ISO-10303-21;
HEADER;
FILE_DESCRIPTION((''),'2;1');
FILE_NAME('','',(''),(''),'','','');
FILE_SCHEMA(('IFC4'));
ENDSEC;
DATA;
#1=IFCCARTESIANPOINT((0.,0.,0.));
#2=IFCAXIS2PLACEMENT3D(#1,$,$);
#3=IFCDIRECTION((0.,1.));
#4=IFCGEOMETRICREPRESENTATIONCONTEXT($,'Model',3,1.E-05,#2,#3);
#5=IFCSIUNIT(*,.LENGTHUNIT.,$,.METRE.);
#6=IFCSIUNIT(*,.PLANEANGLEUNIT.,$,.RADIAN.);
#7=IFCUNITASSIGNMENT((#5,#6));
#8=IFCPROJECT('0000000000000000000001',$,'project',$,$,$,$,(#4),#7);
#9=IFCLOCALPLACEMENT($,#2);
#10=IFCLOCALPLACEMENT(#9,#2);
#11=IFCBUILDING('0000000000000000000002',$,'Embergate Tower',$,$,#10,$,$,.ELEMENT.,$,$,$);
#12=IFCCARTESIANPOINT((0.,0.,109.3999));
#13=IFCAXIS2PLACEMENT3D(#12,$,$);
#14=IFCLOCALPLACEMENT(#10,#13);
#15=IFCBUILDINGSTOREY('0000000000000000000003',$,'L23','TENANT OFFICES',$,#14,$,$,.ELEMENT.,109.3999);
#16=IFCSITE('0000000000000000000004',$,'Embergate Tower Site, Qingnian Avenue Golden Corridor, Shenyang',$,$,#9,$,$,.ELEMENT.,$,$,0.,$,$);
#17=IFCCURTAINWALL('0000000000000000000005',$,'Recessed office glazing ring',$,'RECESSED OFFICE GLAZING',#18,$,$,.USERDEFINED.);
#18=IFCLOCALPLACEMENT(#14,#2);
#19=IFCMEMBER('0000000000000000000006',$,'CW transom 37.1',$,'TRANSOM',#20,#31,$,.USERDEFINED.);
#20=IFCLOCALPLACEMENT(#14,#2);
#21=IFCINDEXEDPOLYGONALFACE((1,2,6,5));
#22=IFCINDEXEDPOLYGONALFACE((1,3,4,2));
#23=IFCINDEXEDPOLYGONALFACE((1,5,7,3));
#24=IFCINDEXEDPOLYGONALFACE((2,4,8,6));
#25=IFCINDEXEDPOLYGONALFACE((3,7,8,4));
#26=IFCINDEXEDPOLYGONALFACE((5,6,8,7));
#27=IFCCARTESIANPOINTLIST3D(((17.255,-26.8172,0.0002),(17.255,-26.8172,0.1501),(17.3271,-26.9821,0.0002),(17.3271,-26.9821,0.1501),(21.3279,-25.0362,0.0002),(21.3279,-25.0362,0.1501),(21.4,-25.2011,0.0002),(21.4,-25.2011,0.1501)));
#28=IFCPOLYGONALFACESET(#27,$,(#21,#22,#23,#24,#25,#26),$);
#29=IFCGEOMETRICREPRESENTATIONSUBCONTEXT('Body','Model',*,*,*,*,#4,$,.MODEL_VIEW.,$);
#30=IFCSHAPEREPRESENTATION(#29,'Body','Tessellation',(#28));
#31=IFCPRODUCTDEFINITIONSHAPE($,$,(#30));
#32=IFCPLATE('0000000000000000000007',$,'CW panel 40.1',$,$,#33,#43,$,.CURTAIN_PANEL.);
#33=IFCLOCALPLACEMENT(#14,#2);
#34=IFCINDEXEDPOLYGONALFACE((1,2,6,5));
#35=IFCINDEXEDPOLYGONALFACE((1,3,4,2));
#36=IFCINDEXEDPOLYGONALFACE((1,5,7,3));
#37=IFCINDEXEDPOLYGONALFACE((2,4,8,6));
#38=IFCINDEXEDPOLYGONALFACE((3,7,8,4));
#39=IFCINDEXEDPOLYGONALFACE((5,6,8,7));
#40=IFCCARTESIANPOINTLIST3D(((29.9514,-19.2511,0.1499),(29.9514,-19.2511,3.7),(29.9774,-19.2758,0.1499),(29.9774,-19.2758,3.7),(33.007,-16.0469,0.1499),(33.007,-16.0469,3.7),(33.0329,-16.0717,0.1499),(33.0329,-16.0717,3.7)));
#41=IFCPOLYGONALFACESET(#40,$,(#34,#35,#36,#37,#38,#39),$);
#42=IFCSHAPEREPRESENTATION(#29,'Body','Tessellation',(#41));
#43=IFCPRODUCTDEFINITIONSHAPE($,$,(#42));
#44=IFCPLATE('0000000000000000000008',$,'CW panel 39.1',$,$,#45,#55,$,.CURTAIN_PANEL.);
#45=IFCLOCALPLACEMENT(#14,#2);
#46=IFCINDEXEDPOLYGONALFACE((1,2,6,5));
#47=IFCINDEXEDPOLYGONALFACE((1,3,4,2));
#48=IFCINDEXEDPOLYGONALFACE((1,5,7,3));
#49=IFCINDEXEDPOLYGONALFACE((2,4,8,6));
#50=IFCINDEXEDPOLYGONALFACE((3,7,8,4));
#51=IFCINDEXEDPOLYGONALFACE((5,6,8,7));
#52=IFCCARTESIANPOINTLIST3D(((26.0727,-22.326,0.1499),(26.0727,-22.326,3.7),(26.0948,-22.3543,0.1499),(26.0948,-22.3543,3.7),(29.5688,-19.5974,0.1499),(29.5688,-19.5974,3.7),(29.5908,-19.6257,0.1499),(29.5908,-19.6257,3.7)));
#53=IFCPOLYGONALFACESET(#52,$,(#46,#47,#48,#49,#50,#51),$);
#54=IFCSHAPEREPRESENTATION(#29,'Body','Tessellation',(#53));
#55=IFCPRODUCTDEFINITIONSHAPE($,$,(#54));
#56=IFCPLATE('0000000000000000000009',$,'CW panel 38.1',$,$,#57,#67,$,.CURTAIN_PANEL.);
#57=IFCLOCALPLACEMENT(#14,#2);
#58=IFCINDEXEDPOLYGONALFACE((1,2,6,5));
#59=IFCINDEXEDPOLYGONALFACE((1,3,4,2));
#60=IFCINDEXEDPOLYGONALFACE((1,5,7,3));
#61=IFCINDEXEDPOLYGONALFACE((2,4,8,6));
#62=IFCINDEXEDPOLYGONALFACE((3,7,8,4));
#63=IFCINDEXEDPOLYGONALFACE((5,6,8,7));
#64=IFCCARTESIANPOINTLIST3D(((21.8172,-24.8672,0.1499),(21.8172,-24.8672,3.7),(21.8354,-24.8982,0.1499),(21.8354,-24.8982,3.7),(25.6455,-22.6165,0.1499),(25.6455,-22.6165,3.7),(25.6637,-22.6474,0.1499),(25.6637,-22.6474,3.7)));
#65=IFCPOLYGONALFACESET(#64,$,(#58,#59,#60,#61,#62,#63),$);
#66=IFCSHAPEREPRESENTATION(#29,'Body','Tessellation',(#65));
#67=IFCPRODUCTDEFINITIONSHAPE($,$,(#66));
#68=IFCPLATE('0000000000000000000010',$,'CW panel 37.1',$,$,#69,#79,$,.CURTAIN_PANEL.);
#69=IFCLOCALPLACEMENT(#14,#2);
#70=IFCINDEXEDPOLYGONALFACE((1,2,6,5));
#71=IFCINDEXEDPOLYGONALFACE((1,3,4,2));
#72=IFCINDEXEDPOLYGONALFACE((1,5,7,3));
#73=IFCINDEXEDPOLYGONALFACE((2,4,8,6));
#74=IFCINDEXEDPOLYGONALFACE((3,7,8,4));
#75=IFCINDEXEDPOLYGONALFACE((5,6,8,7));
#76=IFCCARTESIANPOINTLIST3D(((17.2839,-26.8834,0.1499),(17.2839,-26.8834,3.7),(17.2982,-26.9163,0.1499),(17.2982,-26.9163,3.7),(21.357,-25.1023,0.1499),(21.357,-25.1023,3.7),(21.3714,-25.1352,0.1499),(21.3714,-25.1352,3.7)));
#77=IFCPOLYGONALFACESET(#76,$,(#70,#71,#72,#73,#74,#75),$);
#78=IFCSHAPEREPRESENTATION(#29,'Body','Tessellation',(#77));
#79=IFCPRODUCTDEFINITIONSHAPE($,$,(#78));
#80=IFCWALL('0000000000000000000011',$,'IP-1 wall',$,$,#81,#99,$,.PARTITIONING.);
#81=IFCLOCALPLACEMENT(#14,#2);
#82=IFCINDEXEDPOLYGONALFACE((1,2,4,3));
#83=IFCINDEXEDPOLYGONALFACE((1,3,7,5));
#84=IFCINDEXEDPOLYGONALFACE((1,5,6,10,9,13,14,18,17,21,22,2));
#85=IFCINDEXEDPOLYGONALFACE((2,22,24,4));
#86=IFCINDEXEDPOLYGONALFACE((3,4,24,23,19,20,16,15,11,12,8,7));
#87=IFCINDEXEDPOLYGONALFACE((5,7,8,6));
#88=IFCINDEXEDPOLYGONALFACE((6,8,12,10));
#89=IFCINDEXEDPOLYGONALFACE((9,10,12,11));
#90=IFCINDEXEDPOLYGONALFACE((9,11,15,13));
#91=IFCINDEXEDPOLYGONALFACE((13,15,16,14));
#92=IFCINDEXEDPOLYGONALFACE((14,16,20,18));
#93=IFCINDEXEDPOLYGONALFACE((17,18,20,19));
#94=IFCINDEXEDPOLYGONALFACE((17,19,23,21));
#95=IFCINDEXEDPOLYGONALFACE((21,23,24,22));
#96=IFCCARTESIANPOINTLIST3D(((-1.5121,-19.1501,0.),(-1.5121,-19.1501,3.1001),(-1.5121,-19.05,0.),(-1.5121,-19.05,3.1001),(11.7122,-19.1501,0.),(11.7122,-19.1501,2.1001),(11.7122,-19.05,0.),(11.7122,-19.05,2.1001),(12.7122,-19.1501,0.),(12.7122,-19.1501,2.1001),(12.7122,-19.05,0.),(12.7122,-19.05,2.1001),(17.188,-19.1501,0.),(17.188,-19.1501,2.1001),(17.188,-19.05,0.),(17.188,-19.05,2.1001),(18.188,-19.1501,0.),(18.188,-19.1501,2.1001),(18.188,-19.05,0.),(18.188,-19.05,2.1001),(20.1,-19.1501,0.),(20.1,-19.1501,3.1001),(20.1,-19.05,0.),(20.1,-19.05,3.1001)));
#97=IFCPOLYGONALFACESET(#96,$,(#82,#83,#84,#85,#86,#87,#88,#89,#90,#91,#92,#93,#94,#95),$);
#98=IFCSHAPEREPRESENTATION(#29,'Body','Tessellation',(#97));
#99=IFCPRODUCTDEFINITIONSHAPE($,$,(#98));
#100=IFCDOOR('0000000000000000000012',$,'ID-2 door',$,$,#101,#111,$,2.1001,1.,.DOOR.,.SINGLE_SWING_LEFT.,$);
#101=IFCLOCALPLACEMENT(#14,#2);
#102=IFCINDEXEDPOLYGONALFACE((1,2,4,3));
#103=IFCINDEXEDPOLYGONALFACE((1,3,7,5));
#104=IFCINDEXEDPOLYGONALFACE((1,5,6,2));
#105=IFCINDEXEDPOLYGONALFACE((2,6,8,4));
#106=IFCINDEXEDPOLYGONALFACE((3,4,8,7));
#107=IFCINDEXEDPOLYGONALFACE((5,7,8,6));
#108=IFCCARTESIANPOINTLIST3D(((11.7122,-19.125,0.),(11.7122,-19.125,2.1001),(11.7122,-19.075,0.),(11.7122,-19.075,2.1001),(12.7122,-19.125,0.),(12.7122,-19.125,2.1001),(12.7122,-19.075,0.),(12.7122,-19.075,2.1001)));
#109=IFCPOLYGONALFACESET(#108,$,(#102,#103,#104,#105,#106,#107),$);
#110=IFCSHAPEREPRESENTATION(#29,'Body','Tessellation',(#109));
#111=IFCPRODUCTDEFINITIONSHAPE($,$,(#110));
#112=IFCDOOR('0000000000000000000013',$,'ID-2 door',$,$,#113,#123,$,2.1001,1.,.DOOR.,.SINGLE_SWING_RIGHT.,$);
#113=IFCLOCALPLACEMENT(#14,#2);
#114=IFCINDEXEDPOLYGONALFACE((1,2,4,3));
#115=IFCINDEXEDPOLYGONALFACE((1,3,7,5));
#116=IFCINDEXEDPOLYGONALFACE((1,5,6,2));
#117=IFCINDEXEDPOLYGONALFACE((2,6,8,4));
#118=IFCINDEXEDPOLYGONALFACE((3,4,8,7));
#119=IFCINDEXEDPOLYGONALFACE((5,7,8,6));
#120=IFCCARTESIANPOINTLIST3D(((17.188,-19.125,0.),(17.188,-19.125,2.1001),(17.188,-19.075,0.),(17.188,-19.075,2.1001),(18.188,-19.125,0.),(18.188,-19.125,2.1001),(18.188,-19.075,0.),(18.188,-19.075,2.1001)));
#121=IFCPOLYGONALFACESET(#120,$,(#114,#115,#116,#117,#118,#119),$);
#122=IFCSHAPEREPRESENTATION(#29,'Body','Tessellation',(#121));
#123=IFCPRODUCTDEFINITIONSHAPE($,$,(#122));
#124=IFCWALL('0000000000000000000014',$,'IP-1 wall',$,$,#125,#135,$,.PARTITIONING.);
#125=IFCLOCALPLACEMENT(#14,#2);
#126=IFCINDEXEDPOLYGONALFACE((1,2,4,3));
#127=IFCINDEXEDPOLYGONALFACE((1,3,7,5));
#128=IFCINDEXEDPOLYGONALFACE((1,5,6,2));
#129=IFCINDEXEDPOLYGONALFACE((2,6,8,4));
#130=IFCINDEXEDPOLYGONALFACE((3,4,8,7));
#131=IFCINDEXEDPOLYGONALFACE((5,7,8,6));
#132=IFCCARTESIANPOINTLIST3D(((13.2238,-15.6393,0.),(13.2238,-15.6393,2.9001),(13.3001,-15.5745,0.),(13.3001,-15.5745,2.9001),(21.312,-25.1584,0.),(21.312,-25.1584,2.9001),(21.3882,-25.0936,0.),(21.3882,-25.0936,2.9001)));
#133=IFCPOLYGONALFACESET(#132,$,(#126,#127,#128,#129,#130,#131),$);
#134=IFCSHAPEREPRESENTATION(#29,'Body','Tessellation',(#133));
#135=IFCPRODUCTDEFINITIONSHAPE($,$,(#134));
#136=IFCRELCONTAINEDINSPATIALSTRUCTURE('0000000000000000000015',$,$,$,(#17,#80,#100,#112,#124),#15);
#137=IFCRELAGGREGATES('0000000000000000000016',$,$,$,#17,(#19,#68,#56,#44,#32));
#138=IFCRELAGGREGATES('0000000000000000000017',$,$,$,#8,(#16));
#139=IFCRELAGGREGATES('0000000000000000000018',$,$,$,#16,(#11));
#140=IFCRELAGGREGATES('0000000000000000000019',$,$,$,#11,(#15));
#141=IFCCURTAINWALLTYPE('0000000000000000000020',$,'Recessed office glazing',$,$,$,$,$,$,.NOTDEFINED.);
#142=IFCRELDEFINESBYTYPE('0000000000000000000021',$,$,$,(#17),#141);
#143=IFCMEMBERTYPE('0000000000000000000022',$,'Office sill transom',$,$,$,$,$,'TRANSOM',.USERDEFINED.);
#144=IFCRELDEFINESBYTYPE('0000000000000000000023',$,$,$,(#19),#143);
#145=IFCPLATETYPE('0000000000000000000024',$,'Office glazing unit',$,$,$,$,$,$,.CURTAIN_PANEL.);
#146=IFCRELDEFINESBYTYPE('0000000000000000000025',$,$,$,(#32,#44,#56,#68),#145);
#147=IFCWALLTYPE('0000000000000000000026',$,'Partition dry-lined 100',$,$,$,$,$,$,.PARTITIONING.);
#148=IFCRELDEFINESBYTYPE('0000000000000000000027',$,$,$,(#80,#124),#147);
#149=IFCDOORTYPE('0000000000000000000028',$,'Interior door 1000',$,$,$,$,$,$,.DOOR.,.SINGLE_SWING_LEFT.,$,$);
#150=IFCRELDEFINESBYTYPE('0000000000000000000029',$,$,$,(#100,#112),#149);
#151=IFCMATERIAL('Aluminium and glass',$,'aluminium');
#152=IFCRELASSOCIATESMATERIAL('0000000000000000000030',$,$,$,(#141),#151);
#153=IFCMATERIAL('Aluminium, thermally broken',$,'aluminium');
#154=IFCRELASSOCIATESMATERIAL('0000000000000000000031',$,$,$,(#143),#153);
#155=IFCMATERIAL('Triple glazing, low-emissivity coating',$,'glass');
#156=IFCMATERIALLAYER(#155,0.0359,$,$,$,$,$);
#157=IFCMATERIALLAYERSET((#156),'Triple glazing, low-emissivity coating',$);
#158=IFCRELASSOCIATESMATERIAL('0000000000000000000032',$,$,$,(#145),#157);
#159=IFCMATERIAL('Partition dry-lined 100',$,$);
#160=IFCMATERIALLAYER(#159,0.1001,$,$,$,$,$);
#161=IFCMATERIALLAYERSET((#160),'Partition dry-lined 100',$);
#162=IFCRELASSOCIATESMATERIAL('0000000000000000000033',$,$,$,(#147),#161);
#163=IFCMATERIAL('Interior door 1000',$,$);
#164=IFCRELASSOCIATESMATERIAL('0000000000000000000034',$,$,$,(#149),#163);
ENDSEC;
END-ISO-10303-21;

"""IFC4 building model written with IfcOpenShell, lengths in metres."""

from ifc_helpers import new_model, si_unit, direction, frame, frame_2d, origin, origin_2d, place, context, subcontext, project, spatial, rectangle, extrude, source, transform, mapped, material, layer, layer_set, material_profile, profile_set, type_object, element, fill, aggregate, save


model = new_model("IFC4")

# Units and contexts
model_context = context("Model", 3, precision=1e-05, world=origin(), true_north=direction((0.0, 1.0)))
body_context = subcontext(model_context, "Body", "Model", "MODEL_VIEW")
ifc_project = project(units=[si_unit("LENGTHUNIT", "METRE"), si_unit("PLANEANGLEUNIT", "RADIAN")], contexts=[model_context])

# Site, building, storey
site_placement = place(None, origin())
site = spatial("IfcSite", under=ifc_project, at=site_placement, Name="Embergate Tower Site, Qingnian Avenue Golden Corridor, Shenyang", CompositionType="ELEMENT", RefElevation=0.0)
building_placement = place(site_placement, origin())
building = spatial("IfcBuilding", under=site, at=building_placement, Name="Embergate Tower", CompositionType="ELEMENT")
storey_placement = place(building_placement, frame((0.0, 0.0, 109.3999)))
storey = spatial("IfcBuildingStorey", under=building, at=storey_placement, Name="L23", Description="TENANT OFFICES", CompositionType="ELEMENT", Elevation=109.3999)

# Curtain wall, member, plates
ifc_material_1 = material(Name="Aluminium and glass", Category="aluminium")
curtain_wall_type = type_object("IfcCurtainWallType", Name="Recessed office glazing", PredefinedType="NOTDEFINED", material=ifc_material_1)
curtain_wall_placement = place(storey_placement, origin())
curtain_wall = element("IfcCurtainWall", 1, at=curtain_wall_placement, inside=storey, type_object=curtain_wall_type, Name="Recessed office glazing ring", ObjectType="RECESSED OFFICE GLAZING", PredefinedType="USERDEFINED")
ifc_material_2 = material(Name="Aluminium, thermally broken", Category="aluminium")
ifc_material_profile_1 = material_profile(ifc_material_2, rectangle(XDim=0.1799, YDim=0.1499, at=origin_2d()), Name="AL 150x180")
ifc_profile_set_1 = profile_set([ifc_material_profile_1], Name="Aluminium, thermally broken")
member_type_1 = type_object("IfcMemberType", Name="Office sill transom", ElementType="TRANSOM", PredefinedType="USERDEFINED", material=ifc_profile_set_1)
shared_shape_1 = source(origin(), body_context, "Body", "SweptSolid", [
    extrude(rectangle(XDim=0.1799, YDim=0.1499, at=origin_2d()), origin(), (0.0, 0.0, 1.0), 4.4453),
])
member_1_placement = place(storey_placement, frame((17.291, -26.8997, 0.0752), z_axis=(0.916234, 0.400643, 0.0), x_axis=(-0.400643, 0.916234, 0.0)))
member_1 = element("IfcMember", 2, at=member_1_placement, type_object=member_type_1, Name="CW transom 37.1", ObjectType="TRANSOM", PredefinedType="USERDEFINED", context=body_context, shape_type="MappedRepresentation", body=[
    mapped(shared_shape_1, transform((0.0, 0.0, 0.0))),
])
ifc_material_3 = material(Name="Triple glazing, low-emissivity coating", Category="glass")
ifc_layer_1 = layer(ifc_material_3, 0.0359)
ifc_layer_set_1 = layer_set([ifc_layer_1], Name="Triple glazing, low-emissivity coating")
plate_type = type_object("IfcPlateType", Name="Office glazing unit", PredefinedType="CURTAIN_PANEL", material=ifc_layer_set_1)
shared_shape_2 = source(origin(), body_context, "Body", "SweptSolid", [
    extrude(rectangle(XDim=4.4275, YDim=0.0359, at=origin_2d()), origin(), (0.0, 0.0, 1.0), 3.55),
])
plate_1_placement = place(storey_placement, frame((31.4922, -17.6614, 0.1499), z_axis=(0.0, 0.0, 1.0), x_axis=(0.690125, 0.72369, 0.0)))
plate_1 = element("IfcPlate", 3, at=plate_1_placement, type_object=plate_type, Name="CW panel 40.1", PredefinedType="CURTAIN_PANEL", context=body_context, shape_type="MappedRepresentation", body=[
    mapped(shared_shape_2, transform((0.0, 0.0, 0.0))),
])
shared_shape_3 = source(origin(), body_context, "Body", "SweptSolid", [
    extrude(rectangle(XDim=4.4348, YDim=0.0359, at=origin_2d()), origin(), (0.0, 0.0, 1.0), 3.55),
])
plate_2_placement = place(storey_placement, frame((27.8318, -20.9758, 0.1499), z_axis=(0.0, 0.0, 1.0), x_axis=(0.788313, 0.615275, 0.0)))
plate_2 = element("IfcPlate", 4, at=plate_2_placement, type_object=plate_type, Name="CW panel 39.1", PredefinedType="CURTAIN_PANEL", context=body_context, shape_type="MappedRepresentation", body=[
    mapped(shared_shape_3, transform((0.0, 0.0, 0.0))),
])
shared_shape_4 = source(origin(), body_context, "Body", "SweptSolid", [
    extrude(rectangle(XDim=4.4409, YDim=0.0359, at=origin_2d()), origin(), (0.0, 0.0, 1.0), 3.55),
])
plate_3_placement = place(storey_placement, frame((23.7405, -23.7573, 0.1499), z_axis=(0.0, 0.0, 1.0), x_axis=(0.862048, 0.506827, 0.0)))
plate_3 = element("IfcPlate", 5, at=plate_3_placement, type_object=plate_type, Name="CW panel 38.1", PredefinedType="CURTAIN_PANEL", context=body_context, shape_type="MappedRepresentation", body=[
    mapped(shared_shape_4, transform((0.0, 0.0, 0.0))),
])
shared_shape_5 = source(origin(), body_context, "Body", "SweptSolid", [
    extrude(rectangle(XDim=4.4456, YDim=0.0359, at=origin_2d()), origin(), (0.0, 0.0, 1.0), 3.55),
])
plate_4_placement = place(storey_placement, frame((19.3276, -26.0093, 0.1499), z_axis=(0.0, 0.0, 1.0), x_axis=(0.916233, 0.400646, 0.0)))
plate_4 = element("IfcPlate", 6, at=plate_4_placement, type_object=plate_type, Name="CW panel 37.1", PredefinedType="CURTAIN_PANEL", context=body_context, shape_type="MappedRepresentation", body=[
    mapped(shared_shape_5, transform((0.0, 0.0, 0.0))),
])
aggregate(curtain_wall, [member_1, plate_4, plate_3, plate_2, plate_1])

# Wall, openings, doors
ifc_material_4 = material(Name="Partition dry-lined 100")
ifc_layer_2 = layer(ifc_material_4, 0.1001)
ifc_layer_set_2 = layer_set([ifc_layer_2], Name="Partition dry-lined 100")
wall_type = type_object("IfcWallType", Name="Partition dry-lined 100", PredefinedType="PARTITIONING", material=ifc_layer_set_2)
shared_shape_6 = source(origin(), body_context, "Body", "SweptSolid", [
    extrude(rectangle(XDim=21.6121, YDim=0.1001, at=frame_2d((10.8062, 0.0))), origin(), (0.0, 0.0, 1.0), 3.1001),
])
wall_1_placement = place(storey_placement, frame((20.1001, -19.1001, 0.0), z_axis=(0.0, 0.0, 1.0), x_axis=(-1.0, 0.0, 0.0)))
wall_1 = element("IfcWall", 7, at=wall_1_placement, inside=storey, type_object=wall_type, Name="IP-1 wall", PredefinedType="PARTITIONING", context=body_context, shape_type="MappedRepresentation", body=[
    mapped(shared_shape_6, transform((0.0, 0.0, 0.0))),
])
shared_shape_7 = source(origin(), body_context, "Body", "SweptSolid", [
    extrude(rectangle(XDim=1.0, YDim=2.1001, at=frame_2d((0.5, 1.05))), frame((0.0, 0.0601, 0.0), z_axis=(0.0, -1.0, 0.0), x_axis=(1.0, 0.0, 0.0)), (0.0, 0.0, 1.0), 0.1201),
])
opening_1_placement = place(wall_1_placement, frame((7.3879, 0.0, 0.0)))
opening_1 = element("IfcOpeningElement", 8, at=opening_1_placement, cuts=wall_1, PredefinedType="OPENING", context=body_context, shape_type="MappedRepresentation", body=[
    mapped(shared_shape_7, transform((0.0, 0.0, 0.0))),
])
opening_2_placement = place(wall_1_placement, frame((1.9121, 0.0, 0.0)))
opening_2 = element("IfcOpeningElement", 9, at=opening_2_placement, cuts=wall_1, PredefinedType="OPENING", context=body_context, shape_type="MappedRepresentation", body=[
    mapped(shared_shape_7, transform((0.0, 0.0, 0.0))),
])
ifc_material_5 = material(Name="Interior door 1000")
door_type = type_object("IfcDoorType", Name="Interior door 1000", OperationType="SINGLE_SWING_LEFT", PredefinedType="DOOR", material=ifc_material_5)
shared_shape_8 = source(origin(), body_context, "Body", "SweptSolid", [
    extrude(rectangle(XDim=1.0, YDim=2.1001, at=frame_2d((0.5, 1.05))), frame((0.0, 0.0249, 0.0), z_axis=(0.0, -1.0, 0.0), x_axis=(1.0, 0.0, 0.0)), (0.0, 0.0, 1.0), 0.05),
])
door_1_placement = place(opening_1_placement, origin())
door_1 = element("IfcDoor", 10, at=door_1_placement, inside=storey, type_object=door_type, Name="ID-2 door", OperationType="SINGLE_SWING_LEFT", OverallHeight=2.1001, OverallWidth=1.0, PredefinedType="DOOR", context=body_context, shape_type="MappedRepresentation", body=[
    mapped(shared_shape_8, transform((0.0, 0.0, 0.0))),
])
fill(opening_1, door_1)
door_2_placement = place(opening_2_placement, origin())
door_2 = element("IfcDoor", 11, at=door_2_placement, inside=storey, type_object=door_type, Name="ID-2 door", OperationType="SINGLE_SWING_RIGHT", OverallHeight=2.1001, OverallWidth=1.0, PredefinedType="DOOR", context=body_context, shape_type="MappedRepresentation", body=[
    mapped(shared_shape_8, transform((0.0, 0.0, 0.0))),
])
fill(opening_2, door_2)

# Wall
shared_shape_9 = source(origin(), body_context, "Body", "SweptSolid", [
    extrude(rectangle(XDim=12.4912, YDim=0.1001, at=frame_2d((6.2456, 0.0))), origin(), (0.0, 0.0, 1.0), 2.9001),
])
wall_2_placement = place(storey_placement, frame((21.3501, -25.126, 0.0), z_axis=(0.0, 0.0, 1.0), x_axis=(-0.647507, 0.76206, 0.0)))
element("IfcWall", 12, at=wall_2_placement, inside=storey, type_object=wall_type, Name="IP-1 wall", PredefinedType="PARTITIONING", context=body_context, shape_type="MappedRepresentation", body=[
    mapped(shared_shape_9, transform((0.0, 0.0, 0.0))),
])

save(model, "model.ifc")
